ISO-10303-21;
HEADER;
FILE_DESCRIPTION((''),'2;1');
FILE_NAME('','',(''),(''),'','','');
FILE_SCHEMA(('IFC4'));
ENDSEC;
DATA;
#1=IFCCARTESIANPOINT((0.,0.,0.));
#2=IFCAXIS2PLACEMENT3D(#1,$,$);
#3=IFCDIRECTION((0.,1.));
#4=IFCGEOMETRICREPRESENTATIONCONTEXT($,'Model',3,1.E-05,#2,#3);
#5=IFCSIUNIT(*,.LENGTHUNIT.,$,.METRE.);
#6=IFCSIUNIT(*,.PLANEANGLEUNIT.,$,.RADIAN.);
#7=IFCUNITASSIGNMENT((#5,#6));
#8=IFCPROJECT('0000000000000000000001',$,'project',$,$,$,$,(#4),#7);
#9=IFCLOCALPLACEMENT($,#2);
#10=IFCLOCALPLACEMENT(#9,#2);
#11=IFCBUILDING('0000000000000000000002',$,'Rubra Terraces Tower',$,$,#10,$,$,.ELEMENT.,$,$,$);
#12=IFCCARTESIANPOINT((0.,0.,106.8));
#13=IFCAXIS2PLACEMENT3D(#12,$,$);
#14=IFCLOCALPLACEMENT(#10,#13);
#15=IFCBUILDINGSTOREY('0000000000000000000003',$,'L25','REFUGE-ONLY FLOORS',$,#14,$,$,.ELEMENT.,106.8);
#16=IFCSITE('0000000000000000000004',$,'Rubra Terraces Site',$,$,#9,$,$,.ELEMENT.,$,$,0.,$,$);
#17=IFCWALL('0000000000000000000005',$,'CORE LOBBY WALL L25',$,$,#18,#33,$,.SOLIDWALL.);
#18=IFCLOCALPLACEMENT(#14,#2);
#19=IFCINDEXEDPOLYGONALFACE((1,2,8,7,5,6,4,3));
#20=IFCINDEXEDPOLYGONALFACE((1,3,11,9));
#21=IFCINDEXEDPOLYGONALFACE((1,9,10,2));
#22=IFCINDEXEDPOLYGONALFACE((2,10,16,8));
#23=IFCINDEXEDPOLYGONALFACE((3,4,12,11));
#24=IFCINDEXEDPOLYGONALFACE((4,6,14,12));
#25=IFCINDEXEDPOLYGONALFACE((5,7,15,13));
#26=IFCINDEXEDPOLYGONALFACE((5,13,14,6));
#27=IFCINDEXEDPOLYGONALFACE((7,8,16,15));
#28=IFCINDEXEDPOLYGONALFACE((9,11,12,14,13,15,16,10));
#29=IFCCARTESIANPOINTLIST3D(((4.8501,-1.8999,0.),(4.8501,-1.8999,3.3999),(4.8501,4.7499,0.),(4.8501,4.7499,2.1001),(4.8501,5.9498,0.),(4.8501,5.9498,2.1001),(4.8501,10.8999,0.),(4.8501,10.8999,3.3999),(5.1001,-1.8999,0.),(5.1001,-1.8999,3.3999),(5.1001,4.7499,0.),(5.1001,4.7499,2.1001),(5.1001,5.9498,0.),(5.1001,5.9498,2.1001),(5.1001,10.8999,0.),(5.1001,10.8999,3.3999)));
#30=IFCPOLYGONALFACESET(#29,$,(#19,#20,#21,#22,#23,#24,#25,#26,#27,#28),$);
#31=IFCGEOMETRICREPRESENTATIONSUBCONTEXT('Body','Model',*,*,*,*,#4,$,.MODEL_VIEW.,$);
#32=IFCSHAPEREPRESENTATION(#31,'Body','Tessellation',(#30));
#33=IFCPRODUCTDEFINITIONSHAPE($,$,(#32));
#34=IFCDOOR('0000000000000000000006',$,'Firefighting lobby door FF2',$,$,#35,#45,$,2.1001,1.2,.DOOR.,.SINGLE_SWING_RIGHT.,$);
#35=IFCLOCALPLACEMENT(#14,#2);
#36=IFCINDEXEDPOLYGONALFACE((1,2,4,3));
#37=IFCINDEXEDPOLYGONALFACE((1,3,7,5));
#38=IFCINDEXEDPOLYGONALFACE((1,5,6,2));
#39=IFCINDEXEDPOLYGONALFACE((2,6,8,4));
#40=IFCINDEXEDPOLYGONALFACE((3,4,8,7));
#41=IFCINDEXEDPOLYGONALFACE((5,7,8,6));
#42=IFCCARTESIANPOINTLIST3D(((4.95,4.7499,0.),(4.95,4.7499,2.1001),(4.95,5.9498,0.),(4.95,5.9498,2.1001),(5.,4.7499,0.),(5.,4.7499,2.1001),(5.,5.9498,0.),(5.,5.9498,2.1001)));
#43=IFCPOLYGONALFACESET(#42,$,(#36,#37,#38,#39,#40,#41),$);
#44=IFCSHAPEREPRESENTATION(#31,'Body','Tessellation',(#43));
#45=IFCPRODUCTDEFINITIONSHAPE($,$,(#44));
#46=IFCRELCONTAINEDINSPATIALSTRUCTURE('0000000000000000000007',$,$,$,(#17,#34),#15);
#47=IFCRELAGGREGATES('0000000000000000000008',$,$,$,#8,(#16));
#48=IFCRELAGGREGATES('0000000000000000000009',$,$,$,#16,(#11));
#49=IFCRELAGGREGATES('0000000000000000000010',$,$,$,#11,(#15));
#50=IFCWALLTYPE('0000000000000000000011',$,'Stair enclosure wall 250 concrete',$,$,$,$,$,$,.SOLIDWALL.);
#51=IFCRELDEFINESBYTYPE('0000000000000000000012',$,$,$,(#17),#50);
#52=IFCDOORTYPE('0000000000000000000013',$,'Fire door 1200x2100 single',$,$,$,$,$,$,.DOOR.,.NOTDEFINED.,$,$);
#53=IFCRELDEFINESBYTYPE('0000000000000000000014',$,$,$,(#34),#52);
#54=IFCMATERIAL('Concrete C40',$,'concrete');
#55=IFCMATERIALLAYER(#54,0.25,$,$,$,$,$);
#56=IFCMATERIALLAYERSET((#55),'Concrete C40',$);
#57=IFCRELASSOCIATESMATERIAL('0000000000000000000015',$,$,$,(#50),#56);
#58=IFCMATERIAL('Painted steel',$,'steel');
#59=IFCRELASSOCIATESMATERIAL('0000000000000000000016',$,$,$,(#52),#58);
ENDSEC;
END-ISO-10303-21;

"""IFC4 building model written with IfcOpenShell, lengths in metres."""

from ifc_helpers import new_model, si_unit, direction, frame, frame_2d, origin, place, context, subcontext, project, spatial, rectangle, extrude, material, layer, layer_set, type_object, element, fill, save


model = new_model("IFC4")

# Units and contexts
model_context = context("Model", 3, precision=1e-05, world=origin(), true_north=direction((0.0, 1.0)))
body_context = subcontext(model_context, "Body", "Model", "MODEL_VIEW")
ifc_project = project(units=[si_unit("LENGTHUNIT", "METRE"), si_unit("PLANEANGLEUNIT", "RADIAN")], contexts=[model_context])

# Site, building, storey
site_placement = place(None, origin())
site = spatial("IfcSite", under=ifc_project, at=site_placement, Name="Rubra Terraces Site", CompositionType="ELEMENT", RefElevation=0.0)
building_placement = place(site_placement, origin())
building = spatial("IfcBuilding", under=site, at=building_placement, Name="Rubra Terraces Tower", CompositionType="ELEMENT")
storey_placement = place(building_placement, frame((0.0, 0.0, 106.8)))
storey = spatial("IfcBuildingStorey", under=building, at=storey_placement, Name="L25", Description="REFUGE-ONLY FLOORS", CompositionType="ELEMENT", Elevation=106.8)

# Wall, opening, door
ifc_material_1 = material(Name="Concrete C40", Category="concrete")
ifc_layer_1 = layer(ifc_material_1, 0.25)
ifc_layer_set_1 = layer_set([ifc_layer_1], Name="Concrete C40")
wall_type_1 = type_object("IfcWallType", Name="Stair enclosure wall 250 concrete", PredefinedType="SOLIDWALL", material=ifc_layer_set_1)
wall_1_placement = place(storey_placement, frame((4.9751, 10.8999, 0.0), z_axis=(0.0, 0.0, 1.0), x_axis=(0.0, -1.0, 0.0)))
wall_1 = element("IfcWall", 1, at=wall_1_placement, inside=storey, type_object=wall_type_1, Name="CORE LOBBY WALL L25", PredefinedType="SOLIDWALL", context=body_context, shape_type="SweptSolid", body=[
    extrude(rectangle(XDim=12.7998, YDim=0.25, at=frame_2d((6.3999, 0.0))), origin(), (0.0, 0.0, 1.0), 3.3999),
])
opening_1_placement = place(wall_1_placement, frame((4.95, 0.0, 0.0)))
opening_1 = element("IfcOpeningElement", 2, at=opening_1_placement, cuts=wall_1, PredefinedType="OPENING", context=body_context, shape_type="SweptSolid", body=[
    extrude(rectangle(XDim=1.2, YDim=2.1001, at=frame_2d((0.6001, 1.05))), frame((0.0, 0.135, 0.0), z_axis=(0.0, -1.0, 0.0), x_axis=(1.0, 0.0, 0.0)), (0.0, 0.0, 1.0), 0.27),
])
ifc_material_2 = material(Name="Painted steel", Category="steel")
door_type = type_object("IfcDoorType", Name="Fire door 1200x2100 single", OperationType="NOTDEFINED", PredefinedType="DOOR", material=ifc_material_2)
door_placement = place(opening_1_placement, origin())
door = element("IfcDoor", 3, at=door_placement, inside=storey, type_object=door_type, Name="Firefighting lobby door FF2", OperationType="SINGLE_SWING_RIGHT", OverallHeight=2.1001, OverallWidth=1.2, PredefinedType="DOOR", context=body_context, shape_type="SweptSolid", body=[
    extrude(rectangle(XDim=1.2, YDim=2.1001, at=frame_2d((0.6001, 1.05))), frame((0.0, 0.0249, 0.0), z_axis=(0.0, -1.0, 0.0), x_axis=(1.0, 0.0, 0.0)), (0.0, 0.0, 1.0), 0.05),
])
fill(opening_1, door)

save(model, "model.ifc")
